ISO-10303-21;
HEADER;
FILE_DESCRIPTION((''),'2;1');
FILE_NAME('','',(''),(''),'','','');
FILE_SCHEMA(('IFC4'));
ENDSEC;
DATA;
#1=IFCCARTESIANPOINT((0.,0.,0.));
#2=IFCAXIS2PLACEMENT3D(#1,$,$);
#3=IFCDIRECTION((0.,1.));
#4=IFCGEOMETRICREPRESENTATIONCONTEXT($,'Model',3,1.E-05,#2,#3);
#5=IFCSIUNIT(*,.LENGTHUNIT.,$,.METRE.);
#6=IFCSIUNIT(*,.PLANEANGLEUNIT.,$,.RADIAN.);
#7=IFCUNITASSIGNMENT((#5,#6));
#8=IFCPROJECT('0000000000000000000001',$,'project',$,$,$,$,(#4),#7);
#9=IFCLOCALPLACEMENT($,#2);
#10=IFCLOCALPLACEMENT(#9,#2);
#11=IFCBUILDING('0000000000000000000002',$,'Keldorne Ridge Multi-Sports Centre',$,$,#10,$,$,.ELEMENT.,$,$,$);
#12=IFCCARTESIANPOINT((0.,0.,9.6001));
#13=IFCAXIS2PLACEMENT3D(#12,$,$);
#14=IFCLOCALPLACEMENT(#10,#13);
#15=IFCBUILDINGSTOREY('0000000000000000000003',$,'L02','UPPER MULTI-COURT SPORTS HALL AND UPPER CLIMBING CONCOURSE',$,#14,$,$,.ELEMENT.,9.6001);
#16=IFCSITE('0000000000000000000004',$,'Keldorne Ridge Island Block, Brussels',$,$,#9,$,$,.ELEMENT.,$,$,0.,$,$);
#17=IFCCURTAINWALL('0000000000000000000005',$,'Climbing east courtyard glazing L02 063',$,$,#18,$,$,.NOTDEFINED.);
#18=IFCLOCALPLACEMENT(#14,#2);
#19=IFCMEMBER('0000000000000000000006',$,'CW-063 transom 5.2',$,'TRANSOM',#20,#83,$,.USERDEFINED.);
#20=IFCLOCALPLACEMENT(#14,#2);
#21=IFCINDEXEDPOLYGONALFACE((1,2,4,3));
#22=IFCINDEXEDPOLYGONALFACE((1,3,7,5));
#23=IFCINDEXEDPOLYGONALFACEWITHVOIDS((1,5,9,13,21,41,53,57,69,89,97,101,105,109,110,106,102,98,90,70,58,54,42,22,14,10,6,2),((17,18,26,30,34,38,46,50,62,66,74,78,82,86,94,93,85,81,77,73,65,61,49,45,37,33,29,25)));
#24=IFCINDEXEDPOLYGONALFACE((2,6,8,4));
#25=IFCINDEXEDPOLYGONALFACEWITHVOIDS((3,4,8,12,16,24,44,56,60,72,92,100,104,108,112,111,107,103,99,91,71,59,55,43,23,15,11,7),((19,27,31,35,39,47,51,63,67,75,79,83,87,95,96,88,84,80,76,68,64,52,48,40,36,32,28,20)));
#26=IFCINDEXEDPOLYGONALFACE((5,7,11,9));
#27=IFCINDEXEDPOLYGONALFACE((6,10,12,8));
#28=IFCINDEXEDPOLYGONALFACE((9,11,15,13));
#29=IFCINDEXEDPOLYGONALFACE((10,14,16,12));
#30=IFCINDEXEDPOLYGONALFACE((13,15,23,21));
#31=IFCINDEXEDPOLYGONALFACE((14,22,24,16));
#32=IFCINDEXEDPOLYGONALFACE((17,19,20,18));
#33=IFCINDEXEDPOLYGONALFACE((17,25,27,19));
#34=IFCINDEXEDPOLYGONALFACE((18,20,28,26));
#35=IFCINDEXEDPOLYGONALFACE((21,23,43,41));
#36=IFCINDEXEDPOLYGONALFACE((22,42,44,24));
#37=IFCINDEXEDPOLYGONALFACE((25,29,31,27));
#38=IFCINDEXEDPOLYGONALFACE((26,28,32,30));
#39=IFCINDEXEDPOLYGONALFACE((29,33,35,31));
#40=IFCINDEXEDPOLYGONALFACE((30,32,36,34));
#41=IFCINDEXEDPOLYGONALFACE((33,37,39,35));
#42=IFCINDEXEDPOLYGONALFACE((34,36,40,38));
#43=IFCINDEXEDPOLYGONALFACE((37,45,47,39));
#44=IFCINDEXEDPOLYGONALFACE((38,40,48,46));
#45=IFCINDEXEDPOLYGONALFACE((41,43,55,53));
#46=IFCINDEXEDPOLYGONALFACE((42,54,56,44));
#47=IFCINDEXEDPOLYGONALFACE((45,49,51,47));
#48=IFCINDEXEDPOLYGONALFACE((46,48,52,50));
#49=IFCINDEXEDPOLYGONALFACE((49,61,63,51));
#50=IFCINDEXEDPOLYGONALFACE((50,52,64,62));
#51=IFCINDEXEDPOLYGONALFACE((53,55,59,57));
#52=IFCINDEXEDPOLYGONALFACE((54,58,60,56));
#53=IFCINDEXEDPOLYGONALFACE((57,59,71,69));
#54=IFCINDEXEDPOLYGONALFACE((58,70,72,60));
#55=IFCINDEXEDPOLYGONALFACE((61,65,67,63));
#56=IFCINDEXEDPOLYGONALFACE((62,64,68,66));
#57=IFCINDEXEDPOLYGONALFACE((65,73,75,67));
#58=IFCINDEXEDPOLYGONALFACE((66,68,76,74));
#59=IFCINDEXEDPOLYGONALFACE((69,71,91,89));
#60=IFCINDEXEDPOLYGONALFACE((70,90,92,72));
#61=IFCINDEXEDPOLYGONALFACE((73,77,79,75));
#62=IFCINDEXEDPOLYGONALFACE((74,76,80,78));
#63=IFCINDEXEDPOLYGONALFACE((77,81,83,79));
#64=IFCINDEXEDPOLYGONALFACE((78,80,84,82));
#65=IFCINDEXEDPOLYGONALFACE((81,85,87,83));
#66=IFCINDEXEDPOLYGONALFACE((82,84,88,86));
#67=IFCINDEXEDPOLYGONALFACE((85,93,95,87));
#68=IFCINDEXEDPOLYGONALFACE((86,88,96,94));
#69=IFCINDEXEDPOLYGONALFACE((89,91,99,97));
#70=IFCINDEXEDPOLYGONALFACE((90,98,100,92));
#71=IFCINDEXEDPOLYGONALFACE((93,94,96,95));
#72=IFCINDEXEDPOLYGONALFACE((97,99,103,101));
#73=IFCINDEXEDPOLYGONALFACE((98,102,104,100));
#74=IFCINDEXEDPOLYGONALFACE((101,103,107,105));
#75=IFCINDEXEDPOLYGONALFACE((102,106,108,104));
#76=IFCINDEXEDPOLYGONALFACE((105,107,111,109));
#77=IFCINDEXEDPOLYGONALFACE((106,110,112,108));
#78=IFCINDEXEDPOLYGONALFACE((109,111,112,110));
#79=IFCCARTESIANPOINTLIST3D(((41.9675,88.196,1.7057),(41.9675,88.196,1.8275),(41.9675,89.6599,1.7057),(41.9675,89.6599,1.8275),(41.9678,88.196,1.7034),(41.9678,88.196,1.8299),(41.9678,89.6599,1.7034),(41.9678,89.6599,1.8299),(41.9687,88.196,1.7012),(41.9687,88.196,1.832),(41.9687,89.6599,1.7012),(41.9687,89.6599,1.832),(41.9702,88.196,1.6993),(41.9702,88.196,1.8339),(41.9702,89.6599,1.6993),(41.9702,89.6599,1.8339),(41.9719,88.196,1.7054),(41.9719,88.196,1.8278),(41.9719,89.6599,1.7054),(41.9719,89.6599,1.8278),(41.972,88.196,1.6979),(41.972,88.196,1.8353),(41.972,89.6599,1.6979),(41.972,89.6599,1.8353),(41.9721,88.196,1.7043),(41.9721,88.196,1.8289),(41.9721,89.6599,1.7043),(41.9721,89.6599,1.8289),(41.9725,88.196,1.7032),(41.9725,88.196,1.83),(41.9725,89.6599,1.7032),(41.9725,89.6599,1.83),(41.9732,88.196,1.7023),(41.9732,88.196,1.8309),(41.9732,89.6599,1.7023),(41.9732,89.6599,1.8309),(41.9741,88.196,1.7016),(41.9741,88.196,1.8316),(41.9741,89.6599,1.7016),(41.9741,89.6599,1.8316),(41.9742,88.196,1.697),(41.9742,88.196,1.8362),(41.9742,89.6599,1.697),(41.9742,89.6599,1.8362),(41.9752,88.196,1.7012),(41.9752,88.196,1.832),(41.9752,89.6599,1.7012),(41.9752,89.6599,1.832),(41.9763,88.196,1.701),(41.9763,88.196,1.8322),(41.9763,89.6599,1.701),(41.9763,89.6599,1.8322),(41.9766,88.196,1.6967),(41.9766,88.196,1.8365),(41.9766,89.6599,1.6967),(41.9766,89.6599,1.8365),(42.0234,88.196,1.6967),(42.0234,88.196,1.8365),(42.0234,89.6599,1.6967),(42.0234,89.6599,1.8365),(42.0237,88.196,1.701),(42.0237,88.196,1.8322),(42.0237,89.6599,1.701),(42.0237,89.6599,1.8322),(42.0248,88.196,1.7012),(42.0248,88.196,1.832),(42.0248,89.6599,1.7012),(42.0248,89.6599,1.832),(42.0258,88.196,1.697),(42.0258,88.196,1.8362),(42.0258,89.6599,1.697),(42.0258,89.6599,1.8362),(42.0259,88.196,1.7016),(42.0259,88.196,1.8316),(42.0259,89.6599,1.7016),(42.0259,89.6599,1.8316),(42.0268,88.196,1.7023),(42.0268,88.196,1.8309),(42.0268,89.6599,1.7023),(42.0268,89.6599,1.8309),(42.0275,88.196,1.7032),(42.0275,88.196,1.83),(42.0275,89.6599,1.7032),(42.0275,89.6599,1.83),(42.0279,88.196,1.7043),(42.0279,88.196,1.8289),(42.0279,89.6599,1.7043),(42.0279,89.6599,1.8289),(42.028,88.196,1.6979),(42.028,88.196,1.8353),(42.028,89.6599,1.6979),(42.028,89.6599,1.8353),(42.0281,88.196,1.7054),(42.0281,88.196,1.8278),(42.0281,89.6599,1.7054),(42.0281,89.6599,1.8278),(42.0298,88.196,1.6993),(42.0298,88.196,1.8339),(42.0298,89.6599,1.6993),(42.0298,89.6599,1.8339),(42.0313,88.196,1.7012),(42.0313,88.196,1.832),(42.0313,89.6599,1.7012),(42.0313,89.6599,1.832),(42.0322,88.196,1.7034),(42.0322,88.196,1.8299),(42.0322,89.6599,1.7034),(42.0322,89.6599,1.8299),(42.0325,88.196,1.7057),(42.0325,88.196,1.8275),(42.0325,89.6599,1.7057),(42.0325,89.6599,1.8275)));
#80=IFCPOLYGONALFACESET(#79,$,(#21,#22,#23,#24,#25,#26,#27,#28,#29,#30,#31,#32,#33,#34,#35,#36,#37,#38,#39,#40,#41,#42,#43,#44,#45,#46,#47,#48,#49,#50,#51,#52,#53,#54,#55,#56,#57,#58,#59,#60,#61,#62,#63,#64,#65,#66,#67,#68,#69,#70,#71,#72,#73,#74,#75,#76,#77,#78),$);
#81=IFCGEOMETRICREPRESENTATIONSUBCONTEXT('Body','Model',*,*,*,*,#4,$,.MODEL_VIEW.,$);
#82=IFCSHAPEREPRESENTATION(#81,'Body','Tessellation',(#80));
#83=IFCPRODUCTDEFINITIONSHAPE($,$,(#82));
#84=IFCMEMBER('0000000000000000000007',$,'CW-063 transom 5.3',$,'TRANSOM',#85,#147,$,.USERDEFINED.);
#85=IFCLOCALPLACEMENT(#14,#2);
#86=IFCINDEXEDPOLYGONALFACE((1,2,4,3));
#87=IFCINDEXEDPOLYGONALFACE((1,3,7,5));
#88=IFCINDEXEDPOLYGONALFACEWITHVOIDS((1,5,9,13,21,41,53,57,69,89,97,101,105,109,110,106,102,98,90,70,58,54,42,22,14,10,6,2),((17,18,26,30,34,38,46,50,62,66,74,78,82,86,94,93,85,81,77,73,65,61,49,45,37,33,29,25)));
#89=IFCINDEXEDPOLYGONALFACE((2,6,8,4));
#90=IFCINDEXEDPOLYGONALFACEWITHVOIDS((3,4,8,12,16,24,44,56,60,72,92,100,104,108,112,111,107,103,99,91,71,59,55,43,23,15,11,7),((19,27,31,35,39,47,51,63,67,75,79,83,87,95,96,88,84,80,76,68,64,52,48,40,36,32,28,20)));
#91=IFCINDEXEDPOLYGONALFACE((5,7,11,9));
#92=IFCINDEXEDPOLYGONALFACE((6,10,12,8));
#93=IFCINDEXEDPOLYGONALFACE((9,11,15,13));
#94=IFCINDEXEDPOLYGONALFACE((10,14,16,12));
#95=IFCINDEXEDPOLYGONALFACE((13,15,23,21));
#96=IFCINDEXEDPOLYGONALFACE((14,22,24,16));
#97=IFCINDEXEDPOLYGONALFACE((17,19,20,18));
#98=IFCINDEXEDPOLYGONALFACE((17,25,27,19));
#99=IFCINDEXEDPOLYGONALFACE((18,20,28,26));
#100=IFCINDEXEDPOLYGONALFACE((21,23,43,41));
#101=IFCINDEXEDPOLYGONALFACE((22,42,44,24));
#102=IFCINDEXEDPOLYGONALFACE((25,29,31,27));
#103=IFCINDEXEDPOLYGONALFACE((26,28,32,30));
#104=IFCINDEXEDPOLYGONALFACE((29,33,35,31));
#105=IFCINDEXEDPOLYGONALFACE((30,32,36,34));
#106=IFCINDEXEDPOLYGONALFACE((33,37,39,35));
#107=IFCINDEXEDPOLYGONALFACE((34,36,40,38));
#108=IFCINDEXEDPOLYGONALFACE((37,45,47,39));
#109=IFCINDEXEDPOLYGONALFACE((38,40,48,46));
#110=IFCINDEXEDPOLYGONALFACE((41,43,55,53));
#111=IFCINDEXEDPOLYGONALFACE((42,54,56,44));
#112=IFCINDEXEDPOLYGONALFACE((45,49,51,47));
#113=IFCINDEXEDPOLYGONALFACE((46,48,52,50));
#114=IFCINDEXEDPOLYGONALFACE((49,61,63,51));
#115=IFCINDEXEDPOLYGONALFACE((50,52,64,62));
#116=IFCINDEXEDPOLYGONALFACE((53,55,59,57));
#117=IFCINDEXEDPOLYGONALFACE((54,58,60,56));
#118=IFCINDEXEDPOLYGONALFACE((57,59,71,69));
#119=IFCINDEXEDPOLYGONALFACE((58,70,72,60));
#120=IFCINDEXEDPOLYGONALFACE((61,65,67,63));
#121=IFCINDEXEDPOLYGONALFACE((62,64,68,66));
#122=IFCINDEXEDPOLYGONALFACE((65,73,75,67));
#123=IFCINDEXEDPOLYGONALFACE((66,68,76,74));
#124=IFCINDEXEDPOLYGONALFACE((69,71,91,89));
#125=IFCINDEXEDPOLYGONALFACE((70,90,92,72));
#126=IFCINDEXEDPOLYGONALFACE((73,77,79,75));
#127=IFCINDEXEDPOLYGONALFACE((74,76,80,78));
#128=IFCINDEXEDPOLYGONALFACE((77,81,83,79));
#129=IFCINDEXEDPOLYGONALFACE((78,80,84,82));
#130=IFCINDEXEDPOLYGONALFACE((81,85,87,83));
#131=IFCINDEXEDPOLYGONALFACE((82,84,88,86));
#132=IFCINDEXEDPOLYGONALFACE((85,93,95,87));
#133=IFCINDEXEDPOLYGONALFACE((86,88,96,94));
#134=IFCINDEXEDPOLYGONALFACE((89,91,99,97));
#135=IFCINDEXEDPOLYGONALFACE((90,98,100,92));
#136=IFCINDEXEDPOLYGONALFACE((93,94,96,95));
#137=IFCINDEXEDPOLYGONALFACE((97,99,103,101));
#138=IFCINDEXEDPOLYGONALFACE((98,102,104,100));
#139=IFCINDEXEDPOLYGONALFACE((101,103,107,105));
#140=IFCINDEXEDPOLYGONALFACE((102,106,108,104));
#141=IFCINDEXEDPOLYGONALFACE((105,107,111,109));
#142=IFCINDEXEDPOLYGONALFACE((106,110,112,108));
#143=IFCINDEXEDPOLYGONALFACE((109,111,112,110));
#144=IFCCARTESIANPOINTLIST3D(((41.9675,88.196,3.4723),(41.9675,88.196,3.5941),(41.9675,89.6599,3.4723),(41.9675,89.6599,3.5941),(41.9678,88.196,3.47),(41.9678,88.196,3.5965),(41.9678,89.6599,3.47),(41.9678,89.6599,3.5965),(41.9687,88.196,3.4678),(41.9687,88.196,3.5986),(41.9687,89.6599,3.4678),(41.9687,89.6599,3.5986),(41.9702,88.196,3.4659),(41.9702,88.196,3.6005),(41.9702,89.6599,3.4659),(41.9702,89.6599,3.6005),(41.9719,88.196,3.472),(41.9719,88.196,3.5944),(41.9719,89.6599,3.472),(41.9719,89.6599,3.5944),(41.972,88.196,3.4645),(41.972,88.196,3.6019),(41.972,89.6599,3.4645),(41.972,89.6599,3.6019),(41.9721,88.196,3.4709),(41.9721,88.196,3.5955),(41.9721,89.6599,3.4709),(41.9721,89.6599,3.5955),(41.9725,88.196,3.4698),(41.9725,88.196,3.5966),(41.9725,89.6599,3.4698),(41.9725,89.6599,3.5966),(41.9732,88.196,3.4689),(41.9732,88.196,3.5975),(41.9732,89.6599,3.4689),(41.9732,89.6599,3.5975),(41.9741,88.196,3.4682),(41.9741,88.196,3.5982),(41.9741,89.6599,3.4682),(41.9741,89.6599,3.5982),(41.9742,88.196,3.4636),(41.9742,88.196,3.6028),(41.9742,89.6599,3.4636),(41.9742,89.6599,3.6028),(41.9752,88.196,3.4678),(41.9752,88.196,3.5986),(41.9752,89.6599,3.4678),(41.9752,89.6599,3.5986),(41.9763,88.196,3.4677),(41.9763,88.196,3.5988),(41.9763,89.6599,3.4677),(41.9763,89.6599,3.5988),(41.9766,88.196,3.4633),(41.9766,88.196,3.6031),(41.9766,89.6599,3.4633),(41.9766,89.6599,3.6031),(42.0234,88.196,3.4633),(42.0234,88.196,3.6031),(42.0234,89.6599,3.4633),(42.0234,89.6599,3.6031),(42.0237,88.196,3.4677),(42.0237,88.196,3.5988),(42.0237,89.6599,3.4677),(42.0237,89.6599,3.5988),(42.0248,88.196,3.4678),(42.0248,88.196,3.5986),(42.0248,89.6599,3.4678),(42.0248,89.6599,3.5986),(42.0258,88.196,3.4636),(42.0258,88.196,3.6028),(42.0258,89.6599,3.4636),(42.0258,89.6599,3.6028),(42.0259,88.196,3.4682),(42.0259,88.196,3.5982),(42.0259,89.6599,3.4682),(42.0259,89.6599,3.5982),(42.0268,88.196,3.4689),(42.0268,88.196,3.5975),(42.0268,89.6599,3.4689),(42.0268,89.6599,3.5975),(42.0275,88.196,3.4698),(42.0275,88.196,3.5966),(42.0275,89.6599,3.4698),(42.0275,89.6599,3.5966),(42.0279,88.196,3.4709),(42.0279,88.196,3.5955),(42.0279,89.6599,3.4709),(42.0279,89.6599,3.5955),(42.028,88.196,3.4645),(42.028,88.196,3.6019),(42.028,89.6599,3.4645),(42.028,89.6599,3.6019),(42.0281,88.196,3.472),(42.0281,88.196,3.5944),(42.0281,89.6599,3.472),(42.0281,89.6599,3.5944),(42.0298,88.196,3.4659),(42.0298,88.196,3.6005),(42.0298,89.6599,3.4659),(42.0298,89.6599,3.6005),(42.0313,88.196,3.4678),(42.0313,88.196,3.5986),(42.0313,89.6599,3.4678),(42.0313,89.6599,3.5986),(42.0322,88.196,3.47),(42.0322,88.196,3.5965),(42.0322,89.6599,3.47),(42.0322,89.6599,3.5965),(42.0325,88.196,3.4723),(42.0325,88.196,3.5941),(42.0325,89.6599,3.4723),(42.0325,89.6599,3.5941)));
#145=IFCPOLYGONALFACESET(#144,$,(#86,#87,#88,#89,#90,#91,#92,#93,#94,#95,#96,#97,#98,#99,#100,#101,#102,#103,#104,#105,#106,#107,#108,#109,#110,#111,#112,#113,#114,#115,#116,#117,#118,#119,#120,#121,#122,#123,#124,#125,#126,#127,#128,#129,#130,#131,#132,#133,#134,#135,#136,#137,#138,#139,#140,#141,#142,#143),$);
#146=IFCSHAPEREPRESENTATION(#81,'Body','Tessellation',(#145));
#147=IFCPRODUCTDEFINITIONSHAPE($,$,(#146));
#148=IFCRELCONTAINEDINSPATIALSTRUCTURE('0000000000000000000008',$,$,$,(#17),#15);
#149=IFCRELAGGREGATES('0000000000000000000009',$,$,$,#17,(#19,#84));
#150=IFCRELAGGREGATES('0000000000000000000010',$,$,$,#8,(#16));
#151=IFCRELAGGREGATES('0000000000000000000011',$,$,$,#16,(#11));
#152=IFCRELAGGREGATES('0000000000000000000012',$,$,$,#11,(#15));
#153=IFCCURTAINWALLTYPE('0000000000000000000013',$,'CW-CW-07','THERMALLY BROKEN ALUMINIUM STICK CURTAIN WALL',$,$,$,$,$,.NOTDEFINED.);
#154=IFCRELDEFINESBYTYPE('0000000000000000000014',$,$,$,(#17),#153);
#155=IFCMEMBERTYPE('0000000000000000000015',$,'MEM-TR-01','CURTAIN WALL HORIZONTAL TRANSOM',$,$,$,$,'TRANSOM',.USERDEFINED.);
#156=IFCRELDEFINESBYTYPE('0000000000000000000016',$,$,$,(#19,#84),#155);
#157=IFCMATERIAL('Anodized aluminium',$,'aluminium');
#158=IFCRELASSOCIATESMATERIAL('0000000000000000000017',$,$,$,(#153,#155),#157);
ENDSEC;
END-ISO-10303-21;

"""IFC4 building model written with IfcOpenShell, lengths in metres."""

from ifc_helpers import new_model, si_unit, direction, frame, origin, origin_2d, place, context, subcontext, project, spatial, hollow_rectangle, extrude, material, material_profile, profile_set, type_object, element, aggregate, save


model = new_model("IFC4")

# Units and contexts
model_context = context("Model", 3, precision=1e-05, world=origin(), true_north=direction((0.0, 1.0)))
body_context = subcontext(model_context, "Body", "Model", "MODEL_VIEW")
ifc_project = project(units=[si_unit("LENGTHUNIT", "METRE"), si_unit("PLANEANGLEUNIT", "RADIAN")], contexts=[model_context])

# Site, building, storey
site_placement = place(None, origin())
site = spatial("IfcSite", under=ifc_project, at=site_placement, Name="Keldorne Ridge Island Block, Brussels", CompositionType="ELEMENT", RefElevation=0.0)
building_placement = place(site_placement, origin())
building = spatial("IfcBuilding", under=site, at=building_placement, Name="Keldorne Ridge Multi-Sports Centre", CompositionType="ELEMENT")
storey_placement = place(building_placement, frame((0.0, 0.0, 9.6001)))
storey = spatial("IfcBuildingStorey", under=building, at=storey_placement, Name="L02", Description="UPPER MULTI-COURT SPORTS HALL AND UPPER CLIMBING CONCOURSE", CompositionType="ELEMENT", Elevation=9.6001)

# Curtain wall
ifc_material_1 = material(Name="Anodized aluminium", Category="aluminium")
curtain_wall_type = type_object("IfcCurtainWallType", Name="CW-CW-07", Description="THERMALLY BROKEN ALUMINIUM STICK CURTAIN WALL", PredefinedType="NOTDEFINED", material=ifc_material_1)
curtain_wall_placement = place(storey_placement, origin())
curtain_wall = element("IfcCurtainWall", 1, at=curtain_wall_placement, inside=storey, type_object=curtain_wall_type, Name="Climbing east courtyard glazing L02 063", PredefinedType="NOTDEFINED")

# Members
ifc_material_profile_1 = material_profile(ifc_material_1, hollow_rectangle(XDim=0.0649, YDim=0.1399, WallThickness=0.0044, InnerFilletRadius=0.0044, OuterFilletRadius=0.009, at=origin_2d()), Name="ALU TRANSOM 140x65x4.5")
ifc_profile_set_1 = profile_set([ifc_material_profile_1], Name="Anodized aluminium")
member_type_1 = type_object("IfcMemberType", Name="MEM-TR-01", Description="CURTAIN WALL HORIZONTAL TRANSOM", ElementType="TRANSOM", PredefinedType="USERDEFINED", material=ifc_profile_set_1)
member_1_placement = place(storey_placement, frame((42.0, 88.196, 1.7666), z_axis=(0.0, 1.0, 0.0), x_axis=(-1.0, 0.0, 0.0)))
member_1 = element("IfcMember", 2, at=member_1_placement, type_object=member_type_1, Name="CW-063 transom 5.2", ObjectType="TRANSOM", PredefinedType="USERDEFINED", context=body_context, shape_type="SweptSolid", body=[
    extrude(hollow_rectangle(XDim=0.0649, YDim=0.1399, WallThickness=0.0044, InnerFilletRadius=0.0044, OuterFilletRadius=0.009, at=origin_2d()), origin(), (0.0, 0.0, 1.0), 1.4639),
])
member_2_placement = place(storey_placement, frame((42.0, 88.196, 3.5332), z_axis=(0.0, 1.0, 0.0), x_axis=(-1.0, 0.0, 0.0)))
member_2 = element("IfcMember", 3, at=member_2_placement, type_object=member_type_1, Name="CW-063 transom 5.3", ObjectType="TRANSOM", PredefinedType="USERDEFINED", context=body_context, shape_type="SweptSolid", body=[
    extrude(hollow_rectangle(XDim=0.0649, YDim=0.1399, WallThickness=0.0044, InnerFilletRadius=0.0044, OuterFilletRadius=0.009, at=origin_2d()), origin(), (0.0, 0.0, 1.0), 1.4639),
])

aggregate(curtain_wall, [member_1, member_2])

save(model, "model.ifc")
